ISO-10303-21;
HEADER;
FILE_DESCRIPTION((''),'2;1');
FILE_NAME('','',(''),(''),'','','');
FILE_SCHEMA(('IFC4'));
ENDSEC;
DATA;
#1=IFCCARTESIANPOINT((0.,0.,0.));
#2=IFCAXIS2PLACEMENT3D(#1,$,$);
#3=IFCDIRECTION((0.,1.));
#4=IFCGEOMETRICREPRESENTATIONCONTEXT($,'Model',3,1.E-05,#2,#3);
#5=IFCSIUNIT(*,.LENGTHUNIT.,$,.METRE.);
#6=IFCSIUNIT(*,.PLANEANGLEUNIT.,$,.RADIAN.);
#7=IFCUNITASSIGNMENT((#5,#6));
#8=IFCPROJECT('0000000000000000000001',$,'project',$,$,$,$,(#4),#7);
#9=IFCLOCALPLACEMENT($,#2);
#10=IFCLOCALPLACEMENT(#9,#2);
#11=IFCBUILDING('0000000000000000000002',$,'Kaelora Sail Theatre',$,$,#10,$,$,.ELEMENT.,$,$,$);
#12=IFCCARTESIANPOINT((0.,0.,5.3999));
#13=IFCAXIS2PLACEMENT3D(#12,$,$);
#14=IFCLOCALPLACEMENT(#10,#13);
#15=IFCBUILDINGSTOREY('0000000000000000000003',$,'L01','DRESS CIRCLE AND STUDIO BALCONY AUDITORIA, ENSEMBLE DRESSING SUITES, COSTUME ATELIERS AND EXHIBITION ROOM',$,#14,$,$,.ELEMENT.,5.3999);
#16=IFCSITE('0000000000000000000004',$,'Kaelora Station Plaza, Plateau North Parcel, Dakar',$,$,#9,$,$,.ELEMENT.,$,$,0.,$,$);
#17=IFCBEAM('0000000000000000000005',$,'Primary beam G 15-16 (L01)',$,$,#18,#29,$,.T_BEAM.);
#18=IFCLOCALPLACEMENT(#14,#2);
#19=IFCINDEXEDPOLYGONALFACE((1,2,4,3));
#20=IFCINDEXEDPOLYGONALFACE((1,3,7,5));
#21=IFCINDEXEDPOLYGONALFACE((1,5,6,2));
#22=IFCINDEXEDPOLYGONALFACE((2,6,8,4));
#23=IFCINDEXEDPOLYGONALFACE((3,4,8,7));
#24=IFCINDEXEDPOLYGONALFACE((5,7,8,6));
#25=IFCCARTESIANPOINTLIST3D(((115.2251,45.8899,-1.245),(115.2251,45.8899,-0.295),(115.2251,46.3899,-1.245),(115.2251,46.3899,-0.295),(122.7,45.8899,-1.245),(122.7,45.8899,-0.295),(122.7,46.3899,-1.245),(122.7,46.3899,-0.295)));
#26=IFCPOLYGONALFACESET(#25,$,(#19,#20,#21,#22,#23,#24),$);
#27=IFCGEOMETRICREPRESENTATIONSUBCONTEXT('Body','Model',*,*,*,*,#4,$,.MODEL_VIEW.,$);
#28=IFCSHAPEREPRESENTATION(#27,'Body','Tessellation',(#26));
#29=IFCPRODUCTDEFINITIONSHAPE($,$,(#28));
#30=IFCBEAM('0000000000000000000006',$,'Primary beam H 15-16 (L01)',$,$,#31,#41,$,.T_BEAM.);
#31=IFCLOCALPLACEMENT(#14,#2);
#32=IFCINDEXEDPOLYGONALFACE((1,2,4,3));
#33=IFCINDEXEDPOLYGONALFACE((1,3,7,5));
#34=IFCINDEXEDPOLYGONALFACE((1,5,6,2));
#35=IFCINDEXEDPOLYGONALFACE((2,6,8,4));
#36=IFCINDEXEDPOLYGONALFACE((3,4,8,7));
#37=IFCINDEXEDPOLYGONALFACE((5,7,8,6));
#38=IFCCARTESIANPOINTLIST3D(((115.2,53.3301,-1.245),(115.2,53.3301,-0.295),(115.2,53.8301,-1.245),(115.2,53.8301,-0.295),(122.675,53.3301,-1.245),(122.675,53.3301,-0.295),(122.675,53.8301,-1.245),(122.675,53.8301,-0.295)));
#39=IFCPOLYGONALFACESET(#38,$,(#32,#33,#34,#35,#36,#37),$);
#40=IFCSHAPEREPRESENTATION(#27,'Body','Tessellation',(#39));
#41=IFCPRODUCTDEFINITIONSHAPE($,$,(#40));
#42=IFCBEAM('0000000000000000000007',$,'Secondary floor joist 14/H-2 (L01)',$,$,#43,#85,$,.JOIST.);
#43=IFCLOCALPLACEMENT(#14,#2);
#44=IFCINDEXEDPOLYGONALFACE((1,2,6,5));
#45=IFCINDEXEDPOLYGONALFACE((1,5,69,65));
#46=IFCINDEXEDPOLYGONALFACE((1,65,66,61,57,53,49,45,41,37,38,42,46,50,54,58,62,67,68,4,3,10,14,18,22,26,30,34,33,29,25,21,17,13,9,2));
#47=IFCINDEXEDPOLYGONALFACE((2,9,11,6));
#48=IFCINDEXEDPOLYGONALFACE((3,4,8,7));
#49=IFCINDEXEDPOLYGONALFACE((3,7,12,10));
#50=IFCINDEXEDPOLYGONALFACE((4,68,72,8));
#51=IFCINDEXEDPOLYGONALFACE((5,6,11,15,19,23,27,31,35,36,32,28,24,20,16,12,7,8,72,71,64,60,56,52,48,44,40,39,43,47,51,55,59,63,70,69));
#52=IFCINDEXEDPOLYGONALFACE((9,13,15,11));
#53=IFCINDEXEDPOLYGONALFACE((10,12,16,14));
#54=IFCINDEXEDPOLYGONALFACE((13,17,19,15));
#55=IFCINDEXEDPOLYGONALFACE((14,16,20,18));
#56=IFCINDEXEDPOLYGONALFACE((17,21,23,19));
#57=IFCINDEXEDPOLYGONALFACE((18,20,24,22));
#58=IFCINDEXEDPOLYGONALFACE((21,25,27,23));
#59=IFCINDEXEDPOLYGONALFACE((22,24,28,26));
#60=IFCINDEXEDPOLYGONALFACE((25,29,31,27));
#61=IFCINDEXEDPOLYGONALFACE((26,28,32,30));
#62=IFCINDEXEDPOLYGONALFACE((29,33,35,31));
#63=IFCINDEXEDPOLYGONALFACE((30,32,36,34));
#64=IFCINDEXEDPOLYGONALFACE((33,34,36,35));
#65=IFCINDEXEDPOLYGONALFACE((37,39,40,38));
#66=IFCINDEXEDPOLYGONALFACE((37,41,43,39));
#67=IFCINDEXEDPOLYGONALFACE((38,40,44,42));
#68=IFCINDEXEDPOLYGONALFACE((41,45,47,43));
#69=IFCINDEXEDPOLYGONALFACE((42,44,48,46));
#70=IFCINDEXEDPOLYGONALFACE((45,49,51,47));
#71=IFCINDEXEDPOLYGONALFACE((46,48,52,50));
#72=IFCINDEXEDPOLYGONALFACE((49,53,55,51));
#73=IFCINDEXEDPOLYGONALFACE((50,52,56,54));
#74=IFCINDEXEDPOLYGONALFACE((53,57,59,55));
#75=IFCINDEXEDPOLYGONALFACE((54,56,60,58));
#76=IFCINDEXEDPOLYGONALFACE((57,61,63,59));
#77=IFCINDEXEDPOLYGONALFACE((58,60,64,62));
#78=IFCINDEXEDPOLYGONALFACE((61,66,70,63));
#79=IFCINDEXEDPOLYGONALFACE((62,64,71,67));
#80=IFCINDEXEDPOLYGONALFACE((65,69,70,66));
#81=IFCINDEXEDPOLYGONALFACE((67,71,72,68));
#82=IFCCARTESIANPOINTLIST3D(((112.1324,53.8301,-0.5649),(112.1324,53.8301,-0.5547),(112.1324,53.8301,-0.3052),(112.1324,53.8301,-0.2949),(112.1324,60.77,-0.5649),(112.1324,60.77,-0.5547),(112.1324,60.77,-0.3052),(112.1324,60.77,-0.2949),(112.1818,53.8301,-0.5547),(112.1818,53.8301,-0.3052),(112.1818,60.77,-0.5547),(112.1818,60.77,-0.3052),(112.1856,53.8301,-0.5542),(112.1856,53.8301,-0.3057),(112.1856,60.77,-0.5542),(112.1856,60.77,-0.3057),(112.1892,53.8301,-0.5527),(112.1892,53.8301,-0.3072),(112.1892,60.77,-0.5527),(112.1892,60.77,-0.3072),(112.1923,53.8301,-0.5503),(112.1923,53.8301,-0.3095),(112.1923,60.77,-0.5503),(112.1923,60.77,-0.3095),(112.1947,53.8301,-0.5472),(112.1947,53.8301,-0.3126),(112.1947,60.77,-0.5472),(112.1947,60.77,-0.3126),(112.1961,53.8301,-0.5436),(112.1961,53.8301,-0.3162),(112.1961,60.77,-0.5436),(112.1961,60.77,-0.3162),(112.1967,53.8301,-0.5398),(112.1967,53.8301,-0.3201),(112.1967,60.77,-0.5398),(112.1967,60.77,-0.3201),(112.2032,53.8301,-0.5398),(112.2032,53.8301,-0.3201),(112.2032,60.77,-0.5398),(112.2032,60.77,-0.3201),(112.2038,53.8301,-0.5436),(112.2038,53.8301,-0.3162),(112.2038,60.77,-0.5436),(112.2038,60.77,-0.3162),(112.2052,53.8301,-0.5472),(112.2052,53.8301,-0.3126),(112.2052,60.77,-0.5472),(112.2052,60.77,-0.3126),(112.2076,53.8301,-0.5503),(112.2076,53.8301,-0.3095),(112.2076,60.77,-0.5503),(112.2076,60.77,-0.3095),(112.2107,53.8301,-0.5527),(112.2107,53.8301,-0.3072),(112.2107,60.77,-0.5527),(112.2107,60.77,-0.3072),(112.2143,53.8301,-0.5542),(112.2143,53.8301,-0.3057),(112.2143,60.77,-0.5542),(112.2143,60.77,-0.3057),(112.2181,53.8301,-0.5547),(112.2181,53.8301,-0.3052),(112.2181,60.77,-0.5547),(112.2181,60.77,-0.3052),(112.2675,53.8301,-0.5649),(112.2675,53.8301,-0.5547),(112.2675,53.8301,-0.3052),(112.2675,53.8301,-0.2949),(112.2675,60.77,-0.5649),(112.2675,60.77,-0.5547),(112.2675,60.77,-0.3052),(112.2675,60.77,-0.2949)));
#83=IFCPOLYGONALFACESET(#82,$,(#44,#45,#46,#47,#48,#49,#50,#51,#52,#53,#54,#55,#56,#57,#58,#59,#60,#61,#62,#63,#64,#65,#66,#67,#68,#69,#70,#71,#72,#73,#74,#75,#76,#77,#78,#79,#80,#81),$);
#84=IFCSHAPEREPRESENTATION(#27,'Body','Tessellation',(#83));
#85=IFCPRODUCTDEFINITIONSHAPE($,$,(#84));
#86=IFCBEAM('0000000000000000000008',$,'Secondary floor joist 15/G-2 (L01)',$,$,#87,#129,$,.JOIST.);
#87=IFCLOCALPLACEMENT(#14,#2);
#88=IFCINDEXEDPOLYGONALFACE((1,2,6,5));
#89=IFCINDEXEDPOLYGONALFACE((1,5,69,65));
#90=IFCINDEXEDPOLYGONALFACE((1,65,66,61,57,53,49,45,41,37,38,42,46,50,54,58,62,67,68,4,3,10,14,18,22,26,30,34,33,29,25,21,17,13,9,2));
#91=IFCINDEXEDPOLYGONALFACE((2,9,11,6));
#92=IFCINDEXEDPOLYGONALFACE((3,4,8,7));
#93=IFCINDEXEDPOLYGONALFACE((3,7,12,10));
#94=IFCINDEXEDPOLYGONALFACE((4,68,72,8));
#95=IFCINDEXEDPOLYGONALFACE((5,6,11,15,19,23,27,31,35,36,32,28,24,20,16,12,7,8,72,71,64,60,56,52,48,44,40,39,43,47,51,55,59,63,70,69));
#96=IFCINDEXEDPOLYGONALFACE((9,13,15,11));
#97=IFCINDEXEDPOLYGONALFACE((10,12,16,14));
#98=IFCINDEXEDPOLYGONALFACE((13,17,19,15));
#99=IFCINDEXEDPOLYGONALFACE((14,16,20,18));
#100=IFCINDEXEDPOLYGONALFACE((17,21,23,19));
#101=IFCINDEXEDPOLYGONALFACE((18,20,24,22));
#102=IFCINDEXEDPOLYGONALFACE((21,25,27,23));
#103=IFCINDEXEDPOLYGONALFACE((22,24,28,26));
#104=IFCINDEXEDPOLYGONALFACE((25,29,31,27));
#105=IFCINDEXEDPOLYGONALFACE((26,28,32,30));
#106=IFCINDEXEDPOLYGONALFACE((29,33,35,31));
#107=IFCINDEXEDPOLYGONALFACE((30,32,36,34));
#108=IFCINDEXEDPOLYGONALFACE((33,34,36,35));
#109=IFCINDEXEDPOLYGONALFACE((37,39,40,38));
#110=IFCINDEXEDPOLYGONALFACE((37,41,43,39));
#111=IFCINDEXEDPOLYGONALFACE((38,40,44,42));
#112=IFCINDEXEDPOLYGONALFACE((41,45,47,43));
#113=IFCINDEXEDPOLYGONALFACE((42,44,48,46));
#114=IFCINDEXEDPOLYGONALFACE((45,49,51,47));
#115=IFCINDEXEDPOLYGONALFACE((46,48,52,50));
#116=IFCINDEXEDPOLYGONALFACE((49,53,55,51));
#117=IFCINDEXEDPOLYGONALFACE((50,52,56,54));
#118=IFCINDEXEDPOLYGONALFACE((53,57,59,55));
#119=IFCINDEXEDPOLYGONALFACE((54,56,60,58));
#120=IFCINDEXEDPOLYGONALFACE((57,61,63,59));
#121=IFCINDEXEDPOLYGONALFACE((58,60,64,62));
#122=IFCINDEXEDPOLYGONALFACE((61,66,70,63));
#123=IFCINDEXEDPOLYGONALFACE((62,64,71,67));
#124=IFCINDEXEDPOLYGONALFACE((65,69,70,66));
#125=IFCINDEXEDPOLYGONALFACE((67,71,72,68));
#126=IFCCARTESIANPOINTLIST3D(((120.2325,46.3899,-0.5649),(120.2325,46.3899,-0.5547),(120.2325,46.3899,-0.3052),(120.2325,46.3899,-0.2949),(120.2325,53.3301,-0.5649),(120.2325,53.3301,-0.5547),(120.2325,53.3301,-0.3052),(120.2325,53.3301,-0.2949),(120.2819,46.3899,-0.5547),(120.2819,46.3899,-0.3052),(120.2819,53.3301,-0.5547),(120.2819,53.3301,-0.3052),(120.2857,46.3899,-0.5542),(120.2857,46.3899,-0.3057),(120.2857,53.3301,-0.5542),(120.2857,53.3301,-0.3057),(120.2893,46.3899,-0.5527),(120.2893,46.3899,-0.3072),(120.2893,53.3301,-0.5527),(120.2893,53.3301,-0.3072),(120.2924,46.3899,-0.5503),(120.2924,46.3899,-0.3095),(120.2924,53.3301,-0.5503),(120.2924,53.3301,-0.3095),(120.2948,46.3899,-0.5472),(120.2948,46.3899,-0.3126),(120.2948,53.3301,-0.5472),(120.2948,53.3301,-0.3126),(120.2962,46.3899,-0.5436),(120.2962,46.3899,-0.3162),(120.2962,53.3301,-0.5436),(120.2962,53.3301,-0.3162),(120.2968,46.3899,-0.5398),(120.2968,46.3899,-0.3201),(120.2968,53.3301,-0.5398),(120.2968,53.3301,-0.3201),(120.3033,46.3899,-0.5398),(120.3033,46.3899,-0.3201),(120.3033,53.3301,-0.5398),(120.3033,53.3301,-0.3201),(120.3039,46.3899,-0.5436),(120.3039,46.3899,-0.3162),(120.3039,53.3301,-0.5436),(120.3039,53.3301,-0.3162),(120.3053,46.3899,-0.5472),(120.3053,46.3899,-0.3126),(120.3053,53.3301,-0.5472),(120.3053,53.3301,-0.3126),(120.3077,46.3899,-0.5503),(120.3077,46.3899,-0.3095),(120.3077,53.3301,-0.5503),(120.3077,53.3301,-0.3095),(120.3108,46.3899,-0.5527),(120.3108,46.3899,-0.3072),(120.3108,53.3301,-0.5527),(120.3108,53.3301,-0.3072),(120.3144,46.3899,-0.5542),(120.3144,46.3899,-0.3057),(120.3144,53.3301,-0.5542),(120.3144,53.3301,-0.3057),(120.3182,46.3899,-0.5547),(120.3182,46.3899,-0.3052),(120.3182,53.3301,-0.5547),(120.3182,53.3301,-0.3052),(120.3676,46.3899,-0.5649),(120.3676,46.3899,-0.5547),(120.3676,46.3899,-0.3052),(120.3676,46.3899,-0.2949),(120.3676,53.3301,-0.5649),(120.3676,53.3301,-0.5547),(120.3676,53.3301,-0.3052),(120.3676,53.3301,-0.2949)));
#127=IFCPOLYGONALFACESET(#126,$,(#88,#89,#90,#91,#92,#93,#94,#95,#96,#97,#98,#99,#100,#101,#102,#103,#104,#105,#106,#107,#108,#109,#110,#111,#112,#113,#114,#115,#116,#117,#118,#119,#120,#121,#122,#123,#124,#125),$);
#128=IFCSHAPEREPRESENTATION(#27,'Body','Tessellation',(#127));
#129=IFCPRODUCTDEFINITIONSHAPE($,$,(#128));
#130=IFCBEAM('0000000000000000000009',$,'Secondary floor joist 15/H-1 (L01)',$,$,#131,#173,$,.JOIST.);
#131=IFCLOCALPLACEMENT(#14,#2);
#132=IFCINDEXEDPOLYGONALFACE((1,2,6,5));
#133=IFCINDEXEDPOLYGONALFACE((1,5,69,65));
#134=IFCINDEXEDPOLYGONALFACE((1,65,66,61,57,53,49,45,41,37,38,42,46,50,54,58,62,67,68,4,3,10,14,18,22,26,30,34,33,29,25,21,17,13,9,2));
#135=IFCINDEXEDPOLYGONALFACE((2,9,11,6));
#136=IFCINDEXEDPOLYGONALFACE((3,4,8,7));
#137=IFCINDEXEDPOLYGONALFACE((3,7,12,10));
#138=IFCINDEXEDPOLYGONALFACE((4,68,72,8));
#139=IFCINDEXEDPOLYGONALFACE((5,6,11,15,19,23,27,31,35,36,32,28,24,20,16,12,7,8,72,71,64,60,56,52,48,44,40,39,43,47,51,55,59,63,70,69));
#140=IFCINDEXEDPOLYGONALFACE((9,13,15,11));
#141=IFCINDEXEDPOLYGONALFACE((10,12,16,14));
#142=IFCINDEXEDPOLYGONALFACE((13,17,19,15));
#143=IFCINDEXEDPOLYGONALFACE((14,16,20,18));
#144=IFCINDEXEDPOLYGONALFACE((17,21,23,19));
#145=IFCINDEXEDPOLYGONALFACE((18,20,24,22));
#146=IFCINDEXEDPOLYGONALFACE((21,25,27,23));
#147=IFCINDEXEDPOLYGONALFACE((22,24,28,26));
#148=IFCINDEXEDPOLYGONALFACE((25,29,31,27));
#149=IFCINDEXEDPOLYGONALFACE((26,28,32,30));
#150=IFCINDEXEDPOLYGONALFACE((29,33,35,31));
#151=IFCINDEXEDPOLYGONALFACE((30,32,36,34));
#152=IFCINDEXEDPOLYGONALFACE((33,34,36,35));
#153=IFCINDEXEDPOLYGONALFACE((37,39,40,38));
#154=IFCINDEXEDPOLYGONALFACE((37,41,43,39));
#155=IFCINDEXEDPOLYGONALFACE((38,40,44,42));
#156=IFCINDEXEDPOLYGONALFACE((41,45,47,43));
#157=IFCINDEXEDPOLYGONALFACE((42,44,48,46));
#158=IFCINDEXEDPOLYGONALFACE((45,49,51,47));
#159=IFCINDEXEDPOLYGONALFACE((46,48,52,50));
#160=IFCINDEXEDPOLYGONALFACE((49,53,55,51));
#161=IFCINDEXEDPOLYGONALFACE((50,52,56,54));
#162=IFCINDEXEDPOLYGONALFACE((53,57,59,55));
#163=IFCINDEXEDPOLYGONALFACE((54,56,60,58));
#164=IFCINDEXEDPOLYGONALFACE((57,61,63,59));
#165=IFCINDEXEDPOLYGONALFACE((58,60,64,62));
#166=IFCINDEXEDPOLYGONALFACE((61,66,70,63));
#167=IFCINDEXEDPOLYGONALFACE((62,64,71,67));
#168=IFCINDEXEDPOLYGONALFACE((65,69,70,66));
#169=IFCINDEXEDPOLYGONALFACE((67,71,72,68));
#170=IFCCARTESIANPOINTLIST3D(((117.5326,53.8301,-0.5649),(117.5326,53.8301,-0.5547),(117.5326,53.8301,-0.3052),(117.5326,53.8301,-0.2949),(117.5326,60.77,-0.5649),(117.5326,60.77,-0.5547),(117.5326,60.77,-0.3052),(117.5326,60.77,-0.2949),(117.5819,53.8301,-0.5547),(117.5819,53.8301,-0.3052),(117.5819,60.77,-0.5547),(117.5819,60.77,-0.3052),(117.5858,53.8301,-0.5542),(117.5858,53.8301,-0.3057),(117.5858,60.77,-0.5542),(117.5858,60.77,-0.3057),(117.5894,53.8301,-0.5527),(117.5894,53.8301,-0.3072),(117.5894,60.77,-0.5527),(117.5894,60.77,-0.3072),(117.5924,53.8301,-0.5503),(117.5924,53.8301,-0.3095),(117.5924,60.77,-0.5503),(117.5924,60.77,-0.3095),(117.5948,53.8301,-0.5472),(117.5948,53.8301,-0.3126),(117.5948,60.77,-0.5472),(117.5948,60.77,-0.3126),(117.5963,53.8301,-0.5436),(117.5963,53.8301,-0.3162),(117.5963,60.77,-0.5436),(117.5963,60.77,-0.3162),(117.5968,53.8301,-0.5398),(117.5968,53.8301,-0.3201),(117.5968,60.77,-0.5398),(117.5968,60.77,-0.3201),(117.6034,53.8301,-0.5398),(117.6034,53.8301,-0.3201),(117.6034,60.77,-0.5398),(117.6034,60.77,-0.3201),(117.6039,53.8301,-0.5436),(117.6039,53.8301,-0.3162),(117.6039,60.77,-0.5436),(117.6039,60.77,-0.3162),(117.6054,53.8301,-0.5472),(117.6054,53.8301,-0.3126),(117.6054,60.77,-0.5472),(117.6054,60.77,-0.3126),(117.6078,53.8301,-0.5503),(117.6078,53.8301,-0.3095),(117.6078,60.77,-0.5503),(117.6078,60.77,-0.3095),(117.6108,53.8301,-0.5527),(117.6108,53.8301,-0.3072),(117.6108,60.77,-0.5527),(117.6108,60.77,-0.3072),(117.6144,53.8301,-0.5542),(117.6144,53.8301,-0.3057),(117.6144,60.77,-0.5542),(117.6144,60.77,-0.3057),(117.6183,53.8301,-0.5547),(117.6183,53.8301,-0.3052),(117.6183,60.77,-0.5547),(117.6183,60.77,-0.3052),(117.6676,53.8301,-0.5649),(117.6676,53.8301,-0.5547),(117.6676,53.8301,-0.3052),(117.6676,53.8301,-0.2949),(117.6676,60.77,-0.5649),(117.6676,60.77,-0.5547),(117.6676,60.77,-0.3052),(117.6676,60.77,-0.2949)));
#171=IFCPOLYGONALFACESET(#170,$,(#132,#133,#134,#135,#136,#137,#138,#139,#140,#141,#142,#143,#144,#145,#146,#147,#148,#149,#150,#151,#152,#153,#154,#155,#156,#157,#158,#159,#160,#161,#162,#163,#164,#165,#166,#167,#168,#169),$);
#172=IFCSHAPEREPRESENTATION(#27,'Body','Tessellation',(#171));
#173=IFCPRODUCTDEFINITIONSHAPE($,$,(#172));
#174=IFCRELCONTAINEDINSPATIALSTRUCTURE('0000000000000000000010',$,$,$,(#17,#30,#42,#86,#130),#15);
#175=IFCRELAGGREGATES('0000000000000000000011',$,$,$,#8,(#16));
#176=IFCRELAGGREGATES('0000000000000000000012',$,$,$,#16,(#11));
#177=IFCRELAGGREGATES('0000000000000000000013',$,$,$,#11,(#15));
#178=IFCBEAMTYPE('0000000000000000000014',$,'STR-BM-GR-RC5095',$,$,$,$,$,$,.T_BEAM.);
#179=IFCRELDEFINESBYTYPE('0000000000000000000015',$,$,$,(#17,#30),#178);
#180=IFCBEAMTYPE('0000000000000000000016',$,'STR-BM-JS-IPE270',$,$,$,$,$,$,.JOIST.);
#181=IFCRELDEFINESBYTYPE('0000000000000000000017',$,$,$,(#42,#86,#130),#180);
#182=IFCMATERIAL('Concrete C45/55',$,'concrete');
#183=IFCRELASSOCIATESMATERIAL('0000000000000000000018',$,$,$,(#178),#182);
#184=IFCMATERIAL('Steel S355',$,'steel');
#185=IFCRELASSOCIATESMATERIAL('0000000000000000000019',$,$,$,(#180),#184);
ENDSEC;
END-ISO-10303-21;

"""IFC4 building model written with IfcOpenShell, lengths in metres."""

from ifc_helpers import new_model, si_unit, direction, frame, origin, origin_2d, place, context, subcontext, project, spatial, rectangle, i_section, extrude, material, material_profile, profile_set, type_object, element, save


model = new_model("IFC4")

# Units and contexts
model_context = context("Model", 3, precision=1e-05, world=origin(), true_north=direction((0.0, 1.0)))
body_context = subcontext(model_context, "Body", "Model", "MODEL_VIEW")
ifc_project = project(units=[si_unit("LENGTHUNIT", "METRE"), si_unit("PLANEANGLEUNIT", "RADIAN")], contexts=[model_context])

# Site, building, storey
site_placement = place(None, origin())
site = spatial("IfcSite", under=ifc_project, at=site_placement, Name="Kaelora Station Plaza, Plateau North Parcel, Dakar", CompositionType="ELEMENT", RefElevation=0.0)
building_placement = place(site_placement, origin())
building = spatial("IfcBuilding", under=site, at=building_placement, Name="Kaelora Sail Theatre", CompositionType="ELEMENT")
storey_placement = place(building_placement, frame((0.0, 0.0, 5.3999)))
storey = spatial("IfcBuildingStorey", under=building, at=storey_placement, Name="L01", Description="DRESS CIRCLE AND STUDIO BALCONY AUDITORIA, ENSEMBLE DRESSING SUITES, COSTUME ATELIERS AND EXHIBITION ROOM", CompositionType="ELEMENT", Elevation=5.3999)

# Beams
ifc_material_1 = material(Name="Concrete C45/55", Category="concrete")
ifc_material_profile_1 = material_profile(ifc_material_1, rectangle(XDim=0.5, YDim=0.95, at=origin_2d()), Name="RC-GRD 500x950")
ifc_profile_set_1 = profile_set([ifc_material_profile_1], Name="Concrete C45/55")
beam_type_1 = type_object("IfcBeamType", Name="STR-BM-GR-RC5095", PredefinedType="T_BEAM", material=ifc_profile_set_1)
beam_1_placement = place(storey_placement, frame((115.2251, 46.1399, -0.77), z_axis=(1.0, 0.0, 0.0), x_axis=(0.0, 1.0, 0.0)))
element("IfcBeam", 1, at=beam_1_placement, inside=storey, type_object=beam_type_1, Name="Primary beam G 15-16 (L01)", PredefinedType="T_BEAM", context=body_context, shape_type="SweptSolid", body=[
    extrude(rectangle(XDim=0.5, YDim=0.95, at=origin_2d()), origin(), (0.0, 0.0, 1.0), 7.4749),
])
beam_2_placement = place(storey_placement, frame((115.2, 53.5801, -0.77), z_axis=(1.0, 0.0, 0.0), x_axis=(0.0, 1.0, 0.0)))
element("IfcBeam", 2, at=beam_2_placement, inside=storey, type_object=beam_type_1, Name="Primary beam H 15-16 (L01)", PredefinedType="T_BEAM", context=body_context, shape_type="SweptSolid", body=[
    extrude(rectangle(XDim=0.5, YDim=0.95, at=origin_2d()), origin(), (0.0, 0.0, 1.0), 7.4751),
])
ifc_material_2 = material(Name="Steel S355", Category="steel")
ifc_material_profile_2 = material_profile(ifc_material_2, i_section(OverallWidth=0.135, OverallDepth=0.27, WebThickness=0.0066, FlangeThickness=0.0103, FilletRadius=0.0149, at=origin_2d()), Name="IPE 270")
ifc_profile_set_2 = profile_set([ifc_material_profile_2], Name="Steel S355")
beam_type_2 = type_object("IfcBeamType", Name="STR-BM-JS-IPE270", PredefinedType="JOIST", material=ifc_profile_set_2)
beam_3_placement = place(storey_placement, frame((112.2, 53.8301, -0.4299), z_axis=(0.0, 1.0, 0.0), x_axis=(-1.0, 0.0, 0.0)))
element("IfcBeam", 3, at=beam_3_placement, inside=storey, type_object=beam_type_2, Name="Secondary floor joist 14/H-2 (L01)", PredefinedType="JOIST", context=body_context, shape_type="SweptSolid", body=[
    extrude(i_section(OverallWidth=0.135, OverallDepth=0.27, WebThickness=0.0066, FlangeThickness=0.0103, FilletRadius=0.0149, at=origin_2d()), origin(), (0.0, 0.0, 1.0), 6.9399),
])
beam_4_placement = place(storey_placement, frame((120.3, 46.3899, -0.4299), z_axis=(0.0, 1.0, 0.0), x_axis=(-1.0, 0.0, 0.0)))
element("IfcBeam", 4, at=beam_4_placement, inside=storey, type_object=beam_type_2, Name="Secondary floor joist 15/G-2 (L01)", PredefinedType="JOIST", context=body_context, shape_type="SweptSolid", body=[
    extrude(i_section(OverallWidth=0.135, OverallDepth=0.27, WebThickness=0.0066, FlangeThickness=0.0103, FilletRadius=0.0149, at=origin_2d()), origin(), (0.0, 0.0, 1.0), 6.9402),
])
beam_5_placement = place(storey_placement, frame((117.6001, 53.8301, -0.4299), z_axis=(0.0, 1.0, 0.0), x_axis=(-1.0, 0.0, 0.0)))
element("IfcBeam", 5, at=beam_5_placement, inside=storey, type_object=beam_type_2, Name="Secondary floor joist 15/H-1 (L01)", PredefinedType="JOIST", context=body_context, shape_type="SweptSolid", body=[
    extrude(i_section(OverallWidth=0.135, OverallDepth=0.27, WebThickness=0.0066, FlangeThickness=0.0103, FilletRadius=0.0149, at=origin_2d()), origin(), (0.0, 0.0, 1.0), 6.9399),
])

save(model, "model.ifc")
